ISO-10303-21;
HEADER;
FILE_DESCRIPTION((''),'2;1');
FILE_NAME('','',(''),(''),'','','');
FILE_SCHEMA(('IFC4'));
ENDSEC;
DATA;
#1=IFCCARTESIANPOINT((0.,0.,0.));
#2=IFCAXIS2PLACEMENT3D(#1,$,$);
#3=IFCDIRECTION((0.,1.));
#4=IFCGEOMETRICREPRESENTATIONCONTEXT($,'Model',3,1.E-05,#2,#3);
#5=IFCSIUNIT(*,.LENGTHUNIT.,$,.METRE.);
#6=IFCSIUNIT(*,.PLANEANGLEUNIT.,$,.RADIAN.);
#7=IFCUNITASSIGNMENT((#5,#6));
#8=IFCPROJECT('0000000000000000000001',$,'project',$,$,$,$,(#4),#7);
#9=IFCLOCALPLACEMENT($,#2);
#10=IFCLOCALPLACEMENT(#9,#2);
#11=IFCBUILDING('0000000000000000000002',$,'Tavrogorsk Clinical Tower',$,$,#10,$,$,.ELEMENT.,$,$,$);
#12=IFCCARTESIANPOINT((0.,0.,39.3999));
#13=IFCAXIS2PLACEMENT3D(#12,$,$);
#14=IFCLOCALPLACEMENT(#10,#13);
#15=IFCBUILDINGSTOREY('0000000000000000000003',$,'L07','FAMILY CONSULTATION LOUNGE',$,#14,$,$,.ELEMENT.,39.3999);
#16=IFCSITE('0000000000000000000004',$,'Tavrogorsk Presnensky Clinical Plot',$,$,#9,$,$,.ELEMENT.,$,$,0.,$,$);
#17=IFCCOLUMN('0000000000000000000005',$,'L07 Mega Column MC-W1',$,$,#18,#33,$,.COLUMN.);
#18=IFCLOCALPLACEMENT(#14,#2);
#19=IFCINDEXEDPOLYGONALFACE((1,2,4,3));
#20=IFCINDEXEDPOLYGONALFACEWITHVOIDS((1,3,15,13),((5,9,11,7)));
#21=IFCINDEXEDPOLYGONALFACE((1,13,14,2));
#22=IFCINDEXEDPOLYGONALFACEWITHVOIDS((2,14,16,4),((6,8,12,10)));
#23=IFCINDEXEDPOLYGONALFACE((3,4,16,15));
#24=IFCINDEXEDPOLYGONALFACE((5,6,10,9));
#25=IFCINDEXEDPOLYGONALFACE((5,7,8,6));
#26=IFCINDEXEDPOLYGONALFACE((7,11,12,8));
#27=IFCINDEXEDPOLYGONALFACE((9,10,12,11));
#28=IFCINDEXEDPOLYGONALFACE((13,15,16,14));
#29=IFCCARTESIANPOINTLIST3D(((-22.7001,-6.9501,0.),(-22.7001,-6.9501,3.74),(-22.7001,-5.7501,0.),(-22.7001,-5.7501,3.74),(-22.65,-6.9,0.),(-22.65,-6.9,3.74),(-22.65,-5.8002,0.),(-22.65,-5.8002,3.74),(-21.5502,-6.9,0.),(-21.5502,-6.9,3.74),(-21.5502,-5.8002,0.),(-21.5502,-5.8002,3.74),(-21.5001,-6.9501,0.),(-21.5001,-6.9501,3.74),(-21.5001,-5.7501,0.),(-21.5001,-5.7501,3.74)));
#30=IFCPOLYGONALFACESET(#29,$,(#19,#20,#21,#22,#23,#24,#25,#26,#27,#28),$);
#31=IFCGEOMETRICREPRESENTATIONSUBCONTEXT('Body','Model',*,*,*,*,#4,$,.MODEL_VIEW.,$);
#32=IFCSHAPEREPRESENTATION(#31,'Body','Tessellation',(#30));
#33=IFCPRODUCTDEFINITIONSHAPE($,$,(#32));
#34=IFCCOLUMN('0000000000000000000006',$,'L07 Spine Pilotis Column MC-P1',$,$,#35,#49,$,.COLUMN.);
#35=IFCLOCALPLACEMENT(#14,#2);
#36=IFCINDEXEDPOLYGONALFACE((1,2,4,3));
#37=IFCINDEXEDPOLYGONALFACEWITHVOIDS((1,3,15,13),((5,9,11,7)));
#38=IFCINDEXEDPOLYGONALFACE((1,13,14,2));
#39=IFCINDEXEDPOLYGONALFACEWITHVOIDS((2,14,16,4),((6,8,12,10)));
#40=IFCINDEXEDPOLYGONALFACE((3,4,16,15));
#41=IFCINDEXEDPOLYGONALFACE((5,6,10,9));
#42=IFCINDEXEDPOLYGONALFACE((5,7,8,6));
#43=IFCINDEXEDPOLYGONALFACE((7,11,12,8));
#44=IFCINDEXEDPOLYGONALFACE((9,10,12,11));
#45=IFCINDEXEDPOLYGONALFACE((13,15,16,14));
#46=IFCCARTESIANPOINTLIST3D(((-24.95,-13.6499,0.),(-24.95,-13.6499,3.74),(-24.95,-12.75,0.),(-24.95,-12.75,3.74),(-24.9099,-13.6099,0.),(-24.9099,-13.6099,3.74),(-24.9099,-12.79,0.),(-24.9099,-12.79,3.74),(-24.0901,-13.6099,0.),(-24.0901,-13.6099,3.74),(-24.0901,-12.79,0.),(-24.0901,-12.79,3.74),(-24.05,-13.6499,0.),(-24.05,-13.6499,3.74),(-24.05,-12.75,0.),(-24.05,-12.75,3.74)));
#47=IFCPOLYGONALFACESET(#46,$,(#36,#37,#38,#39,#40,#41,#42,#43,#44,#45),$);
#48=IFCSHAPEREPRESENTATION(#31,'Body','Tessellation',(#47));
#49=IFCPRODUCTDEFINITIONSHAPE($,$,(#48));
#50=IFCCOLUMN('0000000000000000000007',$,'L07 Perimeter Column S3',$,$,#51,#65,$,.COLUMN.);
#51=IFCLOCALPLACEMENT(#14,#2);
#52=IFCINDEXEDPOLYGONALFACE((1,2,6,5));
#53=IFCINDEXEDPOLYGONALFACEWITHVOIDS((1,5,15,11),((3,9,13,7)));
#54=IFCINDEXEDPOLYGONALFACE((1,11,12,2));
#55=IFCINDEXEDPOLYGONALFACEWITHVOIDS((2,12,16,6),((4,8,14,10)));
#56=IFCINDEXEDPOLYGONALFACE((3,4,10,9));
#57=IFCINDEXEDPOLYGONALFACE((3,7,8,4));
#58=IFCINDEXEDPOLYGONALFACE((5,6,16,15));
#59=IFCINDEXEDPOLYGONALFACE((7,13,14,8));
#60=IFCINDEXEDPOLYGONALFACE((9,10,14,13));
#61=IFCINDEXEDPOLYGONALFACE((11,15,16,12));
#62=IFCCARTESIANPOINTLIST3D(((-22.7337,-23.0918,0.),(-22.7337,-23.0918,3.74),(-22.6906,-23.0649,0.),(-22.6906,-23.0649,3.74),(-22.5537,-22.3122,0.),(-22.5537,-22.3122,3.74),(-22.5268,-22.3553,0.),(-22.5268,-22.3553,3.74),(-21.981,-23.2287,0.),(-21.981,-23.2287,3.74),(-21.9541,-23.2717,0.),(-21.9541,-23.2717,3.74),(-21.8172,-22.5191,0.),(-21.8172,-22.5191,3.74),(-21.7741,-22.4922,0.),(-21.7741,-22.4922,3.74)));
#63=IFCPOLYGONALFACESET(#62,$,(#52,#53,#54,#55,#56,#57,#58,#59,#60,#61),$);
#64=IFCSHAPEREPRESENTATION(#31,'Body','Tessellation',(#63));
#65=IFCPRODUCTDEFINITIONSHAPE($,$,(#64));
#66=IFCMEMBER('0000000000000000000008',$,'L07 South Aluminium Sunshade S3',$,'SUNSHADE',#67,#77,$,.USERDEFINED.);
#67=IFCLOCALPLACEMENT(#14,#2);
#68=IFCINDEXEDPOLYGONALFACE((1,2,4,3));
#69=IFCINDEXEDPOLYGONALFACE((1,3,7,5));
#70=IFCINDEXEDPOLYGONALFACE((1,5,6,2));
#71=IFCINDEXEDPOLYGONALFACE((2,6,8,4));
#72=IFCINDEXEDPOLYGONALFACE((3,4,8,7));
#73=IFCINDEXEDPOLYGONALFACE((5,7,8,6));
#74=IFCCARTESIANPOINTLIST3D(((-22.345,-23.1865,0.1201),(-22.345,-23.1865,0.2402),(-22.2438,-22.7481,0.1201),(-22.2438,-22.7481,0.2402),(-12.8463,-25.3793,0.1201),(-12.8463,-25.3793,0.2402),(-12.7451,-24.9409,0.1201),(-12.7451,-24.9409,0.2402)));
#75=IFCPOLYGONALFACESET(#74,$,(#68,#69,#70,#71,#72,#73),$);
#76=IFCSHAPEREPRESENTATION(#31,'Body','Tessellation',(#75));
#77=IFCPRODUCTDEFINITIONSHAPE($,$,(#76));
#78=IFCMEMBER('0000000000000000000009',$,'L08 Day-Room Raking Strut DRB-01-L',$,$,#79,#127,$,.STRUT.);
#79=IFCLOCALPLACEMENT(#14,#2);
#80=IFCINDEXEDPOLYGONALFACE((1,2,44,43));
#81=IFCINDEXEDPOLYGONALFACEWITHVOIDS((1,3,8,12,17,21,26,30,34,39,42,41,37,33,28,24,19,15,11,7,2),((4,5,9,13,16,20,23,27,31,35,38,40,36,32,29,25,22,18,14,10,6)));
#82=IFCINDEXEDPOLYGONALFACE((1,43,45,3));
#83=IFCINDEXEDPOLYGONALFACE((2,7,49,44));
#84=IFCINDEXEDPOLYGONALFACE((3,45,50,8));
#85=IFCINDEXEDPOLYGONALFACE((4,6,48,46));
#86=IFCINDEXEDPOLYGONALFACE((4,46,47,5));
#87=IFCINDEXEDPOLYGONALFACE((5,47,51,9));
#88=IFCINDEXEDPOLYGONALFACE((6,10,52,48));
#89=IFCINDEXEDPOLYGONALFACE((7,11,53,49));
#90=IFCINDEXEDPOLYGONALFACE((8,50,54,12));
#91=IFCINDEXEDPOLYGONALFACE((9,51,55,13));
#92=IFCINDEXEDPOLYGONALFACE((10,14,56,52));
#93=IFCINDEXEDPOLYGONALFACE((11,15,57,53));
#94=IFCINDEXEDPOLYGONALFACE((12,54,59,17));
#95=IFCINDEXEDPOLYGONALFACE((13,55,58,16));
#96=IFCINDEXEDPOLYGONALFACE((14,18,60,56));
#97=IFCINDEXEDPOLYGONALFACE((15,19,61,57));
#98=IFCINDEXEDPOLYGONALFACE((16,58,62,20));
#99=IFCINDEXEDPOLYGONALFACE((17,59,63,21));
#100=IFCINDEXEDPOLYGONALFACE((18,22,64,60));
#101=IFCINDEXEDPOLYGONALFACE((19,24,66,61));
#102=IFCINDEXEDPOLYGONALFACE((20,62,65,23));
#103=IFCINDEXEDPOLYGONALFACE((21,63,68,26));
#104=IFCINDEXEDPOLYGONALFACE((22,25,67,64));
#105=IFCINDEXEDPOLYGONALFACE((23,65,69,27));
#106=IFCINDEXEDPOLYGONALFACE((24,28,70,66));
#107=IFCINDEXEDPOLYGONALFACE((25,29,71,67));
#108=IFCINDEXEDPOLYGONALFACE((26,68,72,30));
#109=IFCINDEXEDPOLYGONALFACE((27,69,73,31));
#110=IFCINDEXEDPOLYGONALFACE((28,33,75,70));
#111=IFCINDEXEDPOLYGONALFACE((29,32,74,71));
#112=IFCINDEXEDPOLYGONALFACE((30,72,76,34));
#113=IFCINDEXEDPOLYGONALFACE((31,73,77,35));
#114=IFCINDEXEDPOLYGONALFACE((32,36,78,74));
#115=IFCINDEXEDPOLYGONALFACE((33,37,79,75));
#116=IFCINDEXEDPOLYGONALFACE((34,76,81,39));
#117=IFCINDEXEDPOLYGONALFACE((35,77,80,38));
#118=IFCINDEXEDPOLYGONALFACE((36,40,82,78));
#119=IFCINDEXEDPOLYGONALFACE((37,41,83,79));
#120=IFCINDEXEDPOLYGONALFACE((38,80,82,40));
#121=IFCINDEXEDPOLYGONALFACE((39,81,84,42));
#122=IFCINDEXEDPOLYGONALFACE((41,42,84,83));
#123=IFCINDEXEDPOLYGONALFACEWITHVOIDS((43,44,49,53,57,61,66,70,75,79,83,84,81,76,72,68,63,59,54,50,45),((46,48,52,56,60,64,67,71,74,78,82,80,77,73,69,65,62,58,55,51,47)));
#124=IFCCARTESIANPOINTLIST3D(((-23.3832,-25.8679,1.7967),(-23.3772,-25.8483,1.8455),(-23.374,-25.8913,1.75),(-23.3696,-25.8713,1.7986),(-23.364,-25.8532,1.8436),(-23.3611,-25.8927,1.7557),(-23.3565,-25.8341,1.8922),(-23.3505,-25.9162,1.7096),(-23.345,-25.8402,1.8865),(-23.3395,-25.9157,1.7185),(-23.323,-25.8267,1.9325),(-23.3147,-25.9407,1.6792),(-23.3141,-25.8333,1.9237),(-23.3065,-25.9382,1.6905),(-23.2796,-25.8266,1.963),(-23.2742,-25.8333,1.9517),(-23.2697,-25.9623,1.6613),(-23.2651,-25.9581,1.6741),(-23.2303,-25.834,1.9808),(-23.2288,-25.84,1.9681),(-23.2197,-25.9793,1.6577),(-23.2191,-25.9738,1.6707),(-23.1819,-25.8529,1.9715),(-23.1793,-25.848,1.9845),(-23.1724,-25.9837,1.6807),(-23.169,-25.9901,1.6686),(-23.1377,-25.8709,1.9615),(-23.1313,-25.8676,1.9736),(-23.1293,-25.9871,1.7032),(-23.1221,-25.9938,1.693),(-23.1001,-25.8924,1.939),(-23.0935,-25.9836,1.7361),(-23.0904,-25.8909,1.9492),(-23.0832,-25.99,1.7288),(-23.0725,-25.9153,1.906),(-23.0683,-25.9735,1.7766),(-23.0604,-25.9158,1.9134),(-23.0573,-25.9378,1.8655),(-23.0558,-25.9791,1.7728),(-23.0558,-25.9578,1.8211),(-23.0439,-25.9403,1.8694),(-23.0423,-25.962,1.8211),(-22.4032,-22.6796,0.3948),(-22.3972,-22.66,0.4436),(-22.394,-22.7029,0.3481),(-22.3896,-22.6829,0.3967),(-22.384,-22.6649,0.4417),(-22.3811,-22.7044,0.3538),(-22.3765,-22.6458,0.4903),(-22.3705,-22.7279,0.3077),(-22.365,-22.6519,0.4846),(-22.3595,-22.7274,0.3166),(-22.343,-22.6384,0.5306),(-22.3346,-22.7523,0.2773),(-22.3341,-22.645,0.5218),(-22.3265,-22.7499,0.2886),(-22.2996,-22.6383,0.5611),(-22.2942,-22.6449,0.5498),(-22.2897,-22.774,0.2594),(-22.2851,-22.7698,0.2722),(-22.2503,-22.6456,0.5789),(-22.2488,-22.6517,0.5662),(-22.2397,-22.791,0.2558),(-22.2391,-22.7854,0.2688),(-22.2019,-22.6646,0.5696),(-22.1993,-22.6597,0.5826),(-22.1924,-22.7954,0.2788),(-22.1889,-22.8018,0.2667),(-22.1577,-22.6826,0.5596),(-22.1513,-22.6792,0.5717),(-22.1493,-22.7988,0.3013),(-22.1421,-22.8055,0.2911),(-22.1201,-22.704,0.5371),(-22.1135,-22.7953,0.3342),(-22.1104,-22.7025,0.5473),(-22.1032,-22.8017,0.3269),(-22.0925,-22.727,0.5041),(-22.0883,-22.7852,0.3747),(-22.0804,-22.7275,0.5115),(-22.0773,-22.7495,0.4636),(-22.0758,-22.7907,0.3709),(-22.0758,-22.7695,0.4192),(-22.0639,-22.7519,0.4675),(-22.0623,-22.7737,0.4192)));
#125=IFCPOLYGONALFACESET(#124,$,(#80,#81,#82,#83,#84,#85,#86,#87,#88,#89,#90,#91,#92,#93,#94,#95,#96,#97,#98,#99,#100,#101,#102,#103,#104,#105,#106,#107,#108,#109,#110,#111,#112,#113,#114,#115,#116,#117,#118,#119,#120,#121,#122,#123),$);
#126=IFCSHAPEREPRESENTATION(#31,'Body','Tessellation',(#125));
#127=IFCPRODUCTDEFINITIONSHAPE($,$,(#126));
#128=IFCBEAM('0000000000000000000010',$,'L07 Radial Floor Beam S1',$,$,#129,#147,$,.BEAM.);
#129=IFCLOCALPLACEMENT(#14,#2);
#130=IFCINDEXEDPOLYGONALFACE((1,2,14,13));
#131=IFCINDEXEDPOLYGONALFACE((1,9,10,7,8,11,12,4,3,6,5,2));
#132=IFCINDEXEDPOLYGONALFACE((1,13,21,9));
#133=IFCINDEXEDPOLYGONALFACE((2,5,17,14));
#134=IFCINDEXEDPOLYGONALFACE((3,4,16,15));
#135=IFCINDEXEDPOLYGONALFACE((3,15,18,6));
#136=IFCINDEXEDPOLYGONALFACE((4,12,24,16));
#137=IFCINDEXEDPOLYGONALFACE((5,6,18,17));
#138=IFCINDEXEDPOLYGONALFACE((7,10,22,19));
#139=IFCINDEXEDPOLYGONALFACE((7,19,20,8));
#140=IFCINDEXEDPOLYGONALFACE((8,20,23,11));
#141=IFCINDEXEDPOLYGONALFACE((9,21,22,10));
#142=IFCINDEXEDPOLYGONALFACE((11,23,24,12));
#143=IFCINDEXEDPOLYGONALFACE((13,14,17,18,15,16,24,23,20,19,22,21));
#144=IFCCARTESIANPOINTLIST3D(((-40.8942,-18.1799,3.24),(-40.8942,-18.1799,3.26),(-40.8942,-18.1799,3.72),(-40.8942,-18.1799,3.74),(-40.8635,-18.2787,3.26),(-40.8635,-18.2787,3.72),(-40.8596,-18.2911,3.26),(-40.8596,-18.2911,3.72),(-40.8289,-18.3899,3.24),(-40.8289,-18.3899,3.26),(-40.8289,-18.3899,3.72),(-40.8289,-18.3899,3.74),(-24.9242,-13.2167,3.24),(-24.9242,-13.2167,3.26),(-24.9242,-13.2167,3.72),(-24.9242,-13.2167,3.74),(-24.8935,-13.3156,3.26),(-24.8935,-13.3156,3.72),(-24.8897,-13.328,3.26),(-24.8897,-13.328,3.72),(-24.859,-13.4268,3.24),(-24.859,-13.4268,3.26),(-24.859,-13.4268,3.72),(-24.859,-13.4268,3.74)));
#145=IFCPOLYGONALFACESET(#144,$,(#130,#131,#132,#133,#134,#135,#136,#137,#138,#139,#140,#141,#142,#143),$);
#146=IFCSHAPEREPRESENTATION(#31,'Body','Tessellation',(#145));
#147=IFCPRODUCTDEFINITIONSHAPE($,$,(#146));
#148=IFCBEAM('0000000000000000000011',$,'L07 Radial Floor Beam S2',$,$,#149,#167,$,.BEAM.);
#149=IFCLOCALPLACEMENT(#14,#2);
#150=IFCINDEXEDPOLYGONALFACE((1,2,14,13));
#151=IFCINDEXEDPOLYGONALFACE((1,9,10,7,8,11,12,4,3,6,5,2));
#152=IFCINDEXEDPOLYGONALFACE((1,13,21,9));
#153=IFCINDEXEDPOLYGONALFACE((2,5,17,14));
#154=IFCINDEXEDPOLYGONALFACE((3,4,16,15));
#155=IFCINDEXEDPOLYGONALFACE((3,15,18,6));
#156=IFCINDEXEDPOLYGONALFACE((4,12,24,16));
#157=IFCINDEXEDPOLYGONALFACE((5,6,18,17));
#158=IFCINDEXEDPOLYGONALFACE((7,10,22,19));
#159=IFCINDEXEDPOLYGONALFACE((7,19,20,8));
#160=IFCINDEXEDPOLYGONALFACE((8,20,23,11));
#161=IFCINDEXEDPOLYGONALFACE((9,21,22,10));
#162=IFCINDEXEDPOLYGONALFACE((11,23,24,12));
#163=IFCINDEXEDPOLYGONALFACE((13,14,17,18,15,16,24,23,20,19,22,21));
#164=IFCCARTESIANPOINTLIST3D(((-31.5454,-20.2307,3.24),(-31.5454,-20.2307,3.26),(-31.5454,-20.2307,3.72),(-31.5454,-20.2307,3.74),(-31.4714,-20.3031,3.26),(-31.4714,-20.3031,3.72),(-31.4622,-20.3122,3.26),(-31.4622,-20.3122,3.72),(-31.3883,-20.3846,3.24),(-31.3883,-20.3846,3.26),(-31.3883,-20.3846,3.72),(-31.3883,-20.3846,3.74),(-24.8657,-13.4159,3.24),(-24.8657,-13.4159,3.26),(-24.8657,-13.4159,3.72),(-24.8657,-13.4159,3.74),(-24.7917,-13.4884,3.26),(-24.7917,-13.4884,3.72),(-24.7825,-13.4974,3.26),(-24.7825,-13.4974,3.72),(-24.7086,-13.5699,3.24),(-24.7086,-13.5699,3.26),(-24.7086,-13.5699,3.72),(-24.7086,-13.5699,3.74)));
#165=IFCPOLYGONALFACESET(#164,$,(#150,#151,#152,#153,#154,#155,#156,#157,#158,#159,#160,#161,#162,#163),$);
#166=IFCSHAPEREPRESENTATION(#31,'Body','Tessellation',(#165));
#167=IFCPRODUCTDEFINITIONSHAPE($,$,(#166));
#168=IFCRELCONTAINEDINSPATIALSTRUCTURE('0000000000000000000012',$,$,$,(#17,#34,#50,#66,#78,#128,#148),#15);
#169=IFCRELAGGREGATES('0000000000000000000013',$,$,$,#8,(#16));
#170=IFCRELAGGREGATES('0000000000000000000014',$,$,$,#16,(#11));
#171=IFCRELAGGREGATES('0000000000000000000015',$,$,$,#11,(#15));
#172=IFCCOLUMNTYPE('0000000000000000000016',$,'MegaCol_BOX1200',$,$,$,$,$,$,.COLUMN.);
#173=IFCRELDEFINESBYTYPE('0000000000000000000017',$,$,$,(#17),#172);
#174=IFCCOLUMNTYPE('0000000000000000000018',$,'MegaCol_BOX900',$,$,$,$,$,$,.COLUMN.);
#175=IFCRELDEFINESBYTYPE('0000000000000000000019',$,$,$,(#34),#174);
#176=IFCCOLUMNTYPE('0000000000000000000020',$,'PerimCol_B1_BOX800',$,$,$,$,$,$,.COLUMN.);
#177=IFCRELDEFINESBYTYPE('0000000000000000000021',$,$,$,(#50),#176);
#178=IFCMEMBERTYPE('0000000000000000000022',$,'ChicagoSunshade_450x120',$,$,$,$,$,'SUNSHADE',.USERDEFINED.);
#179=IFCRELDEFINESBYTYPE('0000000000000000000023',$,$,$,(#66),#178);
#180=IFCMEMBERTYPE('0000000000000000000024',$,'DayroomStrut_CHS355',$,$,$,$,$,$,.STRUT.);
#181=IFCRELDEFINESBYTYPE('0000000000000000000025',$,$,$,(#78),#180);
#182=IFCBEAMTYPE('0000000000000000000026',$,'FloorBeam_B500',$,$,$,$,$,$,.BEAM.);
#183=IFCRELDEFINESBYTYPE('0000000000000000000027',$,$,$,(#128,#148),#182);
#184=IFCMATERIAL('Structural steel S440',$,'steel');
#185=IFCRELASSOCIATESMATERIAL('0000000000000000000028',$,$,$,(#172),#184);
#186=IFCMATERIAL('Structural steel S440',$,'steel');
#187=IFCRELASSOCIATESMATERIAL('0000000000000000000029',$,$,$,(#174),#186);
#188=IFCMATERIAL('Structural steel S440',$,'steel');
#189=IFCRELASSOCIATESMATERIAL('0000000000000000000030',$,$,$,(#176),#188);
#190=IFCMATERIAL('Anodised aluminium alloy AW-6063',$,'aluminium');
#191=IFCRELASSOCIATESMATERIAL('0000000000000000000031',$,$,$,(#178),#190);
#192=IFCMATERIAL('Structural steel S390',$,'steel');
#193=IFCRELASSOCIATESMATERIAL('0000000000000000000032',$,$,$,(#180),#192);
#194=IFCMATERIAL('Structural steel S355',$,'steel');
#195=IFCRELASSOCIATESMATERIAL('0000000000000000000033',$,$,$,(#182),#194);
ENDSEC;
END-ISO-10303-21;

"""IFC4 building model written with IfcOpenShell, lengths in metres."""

from ifc_helpers import new_model, si_unit, direction, frame, origin, origin_2d, place, context, subcontext, project, spatial, rectangle, hollow_rectangle, hollow_circle, i_section, extrude, material, material_profile, profile_set, type_object, element, save


model = new_model("IFC4")

# Units and contexts
model_context = context("Model", 3, precision=1e-05, world=origin(), true_north=direction((0.0, 1.0)))
body_context = subcontext(model_context, "Body", "Model", "MODEL_VIEW")
ifc_project = project(units=[si_unit("LENGTHUNIT", "METRE"), si_unit("PLANEANGLEUNIT", "RADIAN")], contexts=[model_context])

# Site, building, storey
site_placement = place(None, origin())
site = spatial("IfcSite", under=ifc_project, at=site_placement, Name="Tavrogorsk Presnensky Clinical Plot", CompositionType="ELEMENT", RefElevation=0.0)
building_placement = place(site_placement, origin())
building = spatial("IfcBuilding", under=site, at=building_placement, Name="Tavrogorsk Clinical Tower", CompositionType="ELEMENT")
storey_placement = place(building_placement, frame((0.0, 0.0, 39.3999)))
storey = spatial("IfcBuildingStorey", under=building, at=storey_placement, Name="L07", Description="FAMILY CONSULTATION LOUNGE", CompositionType="ELEMENT", Elevation=39.3999)

# Columns
ifc_material_1 = material(Name="Structural steel S440", Category="steel")
ifc_material_profile_1 = material_profile(ifc_material_1, hollow_rectangle(XDim=1.2, YDim=1.2, WallThickness=0.05, at=origin_2d()), Name="BOX-1200x1200x50")
ifc_profile_set_1 = profile_set([ifc_material_profile_1], Name="Structural steel S440")
column_type_1 = type_object("IfcColumnType", Name="MegaCol_BOX1200", PredefinedType="COLUMN", material=ifc_profile_set_1)
column_1_placement = place(storey_placement, frame((-22.1001, -6.3501, 0.0), z_axis=(0.0, 0.0, 1.0), x_axis=(1.0, 0.0, 0.0)))
element("IfcColumn", 1, at=column_1_placement, inside=storey, type_object=column_type_1, Name="L07 Mega Column MC-W1", PredefinedType="COLUMN", context=body_context, shape_type="SweptSolid", body=[
    extrude(hollow_rectangle(XDim=1.2, YDim=1.2, WallThickness=0.05, at=origin_2d()), origin(), (0.0, 0.0, 1.0), 3.74),
])
ifc_material_2 = material(Name="Structural steel S440", Category="steel")
ifc_material_profile_2 = material_profile(ifc_material_2, hollow_rectangle(XDim=0.8999, YDim=0.8999, WallThickness=0.04, at=origin_2d()), Name="BOX-900x900x40")
ifc_profile_set_2 = profile_set([ifc_material_profile_2], Name="Structural steel S440")
column_type_2 = type_object("IfcColumnType", Name="MegaCol_BOX900", PredefinedType="COLUMN", material=ifc_profile_set_2)
column_2_placement = place(storey_placement, frame((-24.5, -13.2, 0.0), z_axis=(0.0, 0.0, 1.0), x_axis=(1.0, 0.0, 0.0)))
element("IfcColumn", 2, at=column_2_placement, inside=storey, type_object=column_type_2, Name="L07 Spine Pilotis Column MC-P1", PredefinedType="COLUMN", context=body_context, shape_type="SweptSolid", body=[
    extrude(hollow_rectangle(XDim=0.8999, YDim=0.8999, WallThickness=0.04, at=origin_2d()), origin(), (0.0, 0.0, 1.0), 3.74),
])
ifc_material_3 = material(Name="Structural steel S440", Category="steel")
ifc_material_profile_3 = material_profile(ifc_material_3, hollow_rectangle(XDim=0.8, YDim=0.8, WallThickness=0.0359, at=origin_2d()), Name="BOX-800x800x36")
ifc_profile_set_3 = profile_set([ifc_material_profile_3], Name="Structural steel S440")
column_type_3 = type_object("IfcColumnType", Name="PerimCol_B1_BOX800", PredefinedType="COLUMN", material=ifc_profile_set_3)
column_3_placement = place(storey_placement, frame((-22.2539, -22.792, 0.0), z_axis=(0.0, 0.0, 1.0), x_axis=(0.97437, -0.224951, 0.0)))
element("IfcColumn", 3, at=column_3_placement, inside=storey, type_object=column_type_3, Name="L07 Perimeter Column S3", PredefinedType="COLUMN", context=body_context, shape_type="SweptSolid", body=[
    extrude(hollow_rectangle(XDim=0.8, YDim=0.8, WallThickness=0.0359, at=origin_2d()), origin(), (0.0, 0.0, 1.0), 3.74),
])

# Members
ifc_material_4 = material(Name="Anodised aluminium alloy AW-6063", Category="aluminium")
ifc_material_profile_4 = material_profile(ifc_material_4, rectangle(XDim=0.45, YDim=0.1201, at=origin_2d()), Name="ALU-SUNSHADE-450x120")
ifc_profile_set_4 = profile_set([ifc_material_profile_4], Name="Anodised aluminium alloy AW-6063")
member_type_1 = type_object("IfcMemberType", Name="ChicagoSunshade_450x120", ElementType="SUNSHADE", PredefinedType="USERDEFINED", material=ifc_profile_set_4)
member_1_placement = place(storey_placement, frame((-22.2944, -22.9673, 0.1802), z_axis=(0.974372, -0.224942, 0.0), x_axis=(0.224942, 0.974372, 0.0)))
element("IfcMember", 4, at=member_1_placement, inside=storey, type_object=member_type_1, Name="L07 South Aluminium Sunshade S3", ObjectType="SUNSHADE", PredefinedType="USERDEFINED", context=body_context, shape_type="SweptSolid", body=[
    extrude(rectangle(XDim=0.45, YDim=0.1201, at=origin_2d()), origin(), (0.0, 0.0, 1.0), 9.7485),
])
ifc_material_5 = material(Name="Structural steel S390", Category="steel")
ifc_material_profile_5 = material_profile(ifc_material_5, hollow_circle(Radius=0.1777, WallThickness=0.0142, at=origin_2d()), Name="CHS-355.6x14.2")
ifc_profile_set_5 = profile_set([ifc_material_profile_5], Name="Structural steel S390")
member_type_2 = type_object("IfcMemberType", Name="DayroomStrut_CHS355", PredefinedType="STRUT", material=ifc_profile_set_5)
member_2_placement = place(storey_placement, frame((-22.2322, -22.7214, 0.4192), z_axis=(-0.270858, -0.881198, 0.38746), x_axis=(0.955864, -0.293808, 0.0)))
element("IfcMember", 5, at=member_2_placement, inside=storey, type_object=member_type_2, Name="L08 Day-Room Raking Strut DRB-01-L", PredefinedType="STRUT", context=body_context, shape_type="SweptSolid", body=[
    extrude(hollow_circle(Radius=0.1777, WallThickness=0.0142, at=origin_2d()), origin(), (0.0, 0.0, 1.0), 3.6182),
])

# Beams
ifc_material_6 = material(Name="Structural steel S355", Category="steel")
ifc_material_profile_6 = material_profile(ifc_material_6, i_section(OverallWidth=0.22, OverallDepth=0.5, WebThickness=0.0129, FlangeThickness=0.02, at=origin_2d()), Name="B-500x220x13x20")
ifc_profile_set_6 = profile_set([ifc_material_profile_6], Name="Structural steel S355")
beam_type_1 = type_object("IfcBeamType", Name="FloorBeam_B500", PredefinedType="BEAM", material=ifc_profile_set_6)
beam_1_placement = place(storey_placement, frame((-24.8916, -13.3218, 3.49), z_axis=(-0.954947, -0.296778, 0.0), x_axis=(0.296778, -0.954947, 0.0)))
element("IfcBeam", 6, at=beam_1_placement, inside=storey, type_object=beam_type_1, Name="L07 Radial Floor Beam S1", PredefinedType="BEAM", context=body_context, shape_type="SweptSolid", body=[
    extrude(i_section(OverallWidth=0.22, OverallDepth=0.5, WebThickness=0.0129, FlangeThickness=0.02, at=origin_2d()), origin(), (0.0, 0.0, 1.0), 16.7234),
])
beam_2_placement = place(storey_placement, frame((-24.7871, -13.4929, 3.49), z_axis=(-0.699997, -0.714146, 0.0), x_axis=(0.714146, -0.699997, 0.0)))
element("IfcBeam", 7, at=beam_2_placement, inside=storey, type_object=beam_type_1, Name="L07 Radial Floor Beam S2", PredefinedType="BEAM", context=body_context, shape_type="SweptSolid", body=[
    extrude(i_section(OverallWidth=0.22, OverallDepth=0.5, WebThickness=0.0129, FlangeThickness=0.02, at=origin_2d()), origin(), (0.0, 0.0, 1.0), 9.5425),
])

save(model, "model.ifc")
